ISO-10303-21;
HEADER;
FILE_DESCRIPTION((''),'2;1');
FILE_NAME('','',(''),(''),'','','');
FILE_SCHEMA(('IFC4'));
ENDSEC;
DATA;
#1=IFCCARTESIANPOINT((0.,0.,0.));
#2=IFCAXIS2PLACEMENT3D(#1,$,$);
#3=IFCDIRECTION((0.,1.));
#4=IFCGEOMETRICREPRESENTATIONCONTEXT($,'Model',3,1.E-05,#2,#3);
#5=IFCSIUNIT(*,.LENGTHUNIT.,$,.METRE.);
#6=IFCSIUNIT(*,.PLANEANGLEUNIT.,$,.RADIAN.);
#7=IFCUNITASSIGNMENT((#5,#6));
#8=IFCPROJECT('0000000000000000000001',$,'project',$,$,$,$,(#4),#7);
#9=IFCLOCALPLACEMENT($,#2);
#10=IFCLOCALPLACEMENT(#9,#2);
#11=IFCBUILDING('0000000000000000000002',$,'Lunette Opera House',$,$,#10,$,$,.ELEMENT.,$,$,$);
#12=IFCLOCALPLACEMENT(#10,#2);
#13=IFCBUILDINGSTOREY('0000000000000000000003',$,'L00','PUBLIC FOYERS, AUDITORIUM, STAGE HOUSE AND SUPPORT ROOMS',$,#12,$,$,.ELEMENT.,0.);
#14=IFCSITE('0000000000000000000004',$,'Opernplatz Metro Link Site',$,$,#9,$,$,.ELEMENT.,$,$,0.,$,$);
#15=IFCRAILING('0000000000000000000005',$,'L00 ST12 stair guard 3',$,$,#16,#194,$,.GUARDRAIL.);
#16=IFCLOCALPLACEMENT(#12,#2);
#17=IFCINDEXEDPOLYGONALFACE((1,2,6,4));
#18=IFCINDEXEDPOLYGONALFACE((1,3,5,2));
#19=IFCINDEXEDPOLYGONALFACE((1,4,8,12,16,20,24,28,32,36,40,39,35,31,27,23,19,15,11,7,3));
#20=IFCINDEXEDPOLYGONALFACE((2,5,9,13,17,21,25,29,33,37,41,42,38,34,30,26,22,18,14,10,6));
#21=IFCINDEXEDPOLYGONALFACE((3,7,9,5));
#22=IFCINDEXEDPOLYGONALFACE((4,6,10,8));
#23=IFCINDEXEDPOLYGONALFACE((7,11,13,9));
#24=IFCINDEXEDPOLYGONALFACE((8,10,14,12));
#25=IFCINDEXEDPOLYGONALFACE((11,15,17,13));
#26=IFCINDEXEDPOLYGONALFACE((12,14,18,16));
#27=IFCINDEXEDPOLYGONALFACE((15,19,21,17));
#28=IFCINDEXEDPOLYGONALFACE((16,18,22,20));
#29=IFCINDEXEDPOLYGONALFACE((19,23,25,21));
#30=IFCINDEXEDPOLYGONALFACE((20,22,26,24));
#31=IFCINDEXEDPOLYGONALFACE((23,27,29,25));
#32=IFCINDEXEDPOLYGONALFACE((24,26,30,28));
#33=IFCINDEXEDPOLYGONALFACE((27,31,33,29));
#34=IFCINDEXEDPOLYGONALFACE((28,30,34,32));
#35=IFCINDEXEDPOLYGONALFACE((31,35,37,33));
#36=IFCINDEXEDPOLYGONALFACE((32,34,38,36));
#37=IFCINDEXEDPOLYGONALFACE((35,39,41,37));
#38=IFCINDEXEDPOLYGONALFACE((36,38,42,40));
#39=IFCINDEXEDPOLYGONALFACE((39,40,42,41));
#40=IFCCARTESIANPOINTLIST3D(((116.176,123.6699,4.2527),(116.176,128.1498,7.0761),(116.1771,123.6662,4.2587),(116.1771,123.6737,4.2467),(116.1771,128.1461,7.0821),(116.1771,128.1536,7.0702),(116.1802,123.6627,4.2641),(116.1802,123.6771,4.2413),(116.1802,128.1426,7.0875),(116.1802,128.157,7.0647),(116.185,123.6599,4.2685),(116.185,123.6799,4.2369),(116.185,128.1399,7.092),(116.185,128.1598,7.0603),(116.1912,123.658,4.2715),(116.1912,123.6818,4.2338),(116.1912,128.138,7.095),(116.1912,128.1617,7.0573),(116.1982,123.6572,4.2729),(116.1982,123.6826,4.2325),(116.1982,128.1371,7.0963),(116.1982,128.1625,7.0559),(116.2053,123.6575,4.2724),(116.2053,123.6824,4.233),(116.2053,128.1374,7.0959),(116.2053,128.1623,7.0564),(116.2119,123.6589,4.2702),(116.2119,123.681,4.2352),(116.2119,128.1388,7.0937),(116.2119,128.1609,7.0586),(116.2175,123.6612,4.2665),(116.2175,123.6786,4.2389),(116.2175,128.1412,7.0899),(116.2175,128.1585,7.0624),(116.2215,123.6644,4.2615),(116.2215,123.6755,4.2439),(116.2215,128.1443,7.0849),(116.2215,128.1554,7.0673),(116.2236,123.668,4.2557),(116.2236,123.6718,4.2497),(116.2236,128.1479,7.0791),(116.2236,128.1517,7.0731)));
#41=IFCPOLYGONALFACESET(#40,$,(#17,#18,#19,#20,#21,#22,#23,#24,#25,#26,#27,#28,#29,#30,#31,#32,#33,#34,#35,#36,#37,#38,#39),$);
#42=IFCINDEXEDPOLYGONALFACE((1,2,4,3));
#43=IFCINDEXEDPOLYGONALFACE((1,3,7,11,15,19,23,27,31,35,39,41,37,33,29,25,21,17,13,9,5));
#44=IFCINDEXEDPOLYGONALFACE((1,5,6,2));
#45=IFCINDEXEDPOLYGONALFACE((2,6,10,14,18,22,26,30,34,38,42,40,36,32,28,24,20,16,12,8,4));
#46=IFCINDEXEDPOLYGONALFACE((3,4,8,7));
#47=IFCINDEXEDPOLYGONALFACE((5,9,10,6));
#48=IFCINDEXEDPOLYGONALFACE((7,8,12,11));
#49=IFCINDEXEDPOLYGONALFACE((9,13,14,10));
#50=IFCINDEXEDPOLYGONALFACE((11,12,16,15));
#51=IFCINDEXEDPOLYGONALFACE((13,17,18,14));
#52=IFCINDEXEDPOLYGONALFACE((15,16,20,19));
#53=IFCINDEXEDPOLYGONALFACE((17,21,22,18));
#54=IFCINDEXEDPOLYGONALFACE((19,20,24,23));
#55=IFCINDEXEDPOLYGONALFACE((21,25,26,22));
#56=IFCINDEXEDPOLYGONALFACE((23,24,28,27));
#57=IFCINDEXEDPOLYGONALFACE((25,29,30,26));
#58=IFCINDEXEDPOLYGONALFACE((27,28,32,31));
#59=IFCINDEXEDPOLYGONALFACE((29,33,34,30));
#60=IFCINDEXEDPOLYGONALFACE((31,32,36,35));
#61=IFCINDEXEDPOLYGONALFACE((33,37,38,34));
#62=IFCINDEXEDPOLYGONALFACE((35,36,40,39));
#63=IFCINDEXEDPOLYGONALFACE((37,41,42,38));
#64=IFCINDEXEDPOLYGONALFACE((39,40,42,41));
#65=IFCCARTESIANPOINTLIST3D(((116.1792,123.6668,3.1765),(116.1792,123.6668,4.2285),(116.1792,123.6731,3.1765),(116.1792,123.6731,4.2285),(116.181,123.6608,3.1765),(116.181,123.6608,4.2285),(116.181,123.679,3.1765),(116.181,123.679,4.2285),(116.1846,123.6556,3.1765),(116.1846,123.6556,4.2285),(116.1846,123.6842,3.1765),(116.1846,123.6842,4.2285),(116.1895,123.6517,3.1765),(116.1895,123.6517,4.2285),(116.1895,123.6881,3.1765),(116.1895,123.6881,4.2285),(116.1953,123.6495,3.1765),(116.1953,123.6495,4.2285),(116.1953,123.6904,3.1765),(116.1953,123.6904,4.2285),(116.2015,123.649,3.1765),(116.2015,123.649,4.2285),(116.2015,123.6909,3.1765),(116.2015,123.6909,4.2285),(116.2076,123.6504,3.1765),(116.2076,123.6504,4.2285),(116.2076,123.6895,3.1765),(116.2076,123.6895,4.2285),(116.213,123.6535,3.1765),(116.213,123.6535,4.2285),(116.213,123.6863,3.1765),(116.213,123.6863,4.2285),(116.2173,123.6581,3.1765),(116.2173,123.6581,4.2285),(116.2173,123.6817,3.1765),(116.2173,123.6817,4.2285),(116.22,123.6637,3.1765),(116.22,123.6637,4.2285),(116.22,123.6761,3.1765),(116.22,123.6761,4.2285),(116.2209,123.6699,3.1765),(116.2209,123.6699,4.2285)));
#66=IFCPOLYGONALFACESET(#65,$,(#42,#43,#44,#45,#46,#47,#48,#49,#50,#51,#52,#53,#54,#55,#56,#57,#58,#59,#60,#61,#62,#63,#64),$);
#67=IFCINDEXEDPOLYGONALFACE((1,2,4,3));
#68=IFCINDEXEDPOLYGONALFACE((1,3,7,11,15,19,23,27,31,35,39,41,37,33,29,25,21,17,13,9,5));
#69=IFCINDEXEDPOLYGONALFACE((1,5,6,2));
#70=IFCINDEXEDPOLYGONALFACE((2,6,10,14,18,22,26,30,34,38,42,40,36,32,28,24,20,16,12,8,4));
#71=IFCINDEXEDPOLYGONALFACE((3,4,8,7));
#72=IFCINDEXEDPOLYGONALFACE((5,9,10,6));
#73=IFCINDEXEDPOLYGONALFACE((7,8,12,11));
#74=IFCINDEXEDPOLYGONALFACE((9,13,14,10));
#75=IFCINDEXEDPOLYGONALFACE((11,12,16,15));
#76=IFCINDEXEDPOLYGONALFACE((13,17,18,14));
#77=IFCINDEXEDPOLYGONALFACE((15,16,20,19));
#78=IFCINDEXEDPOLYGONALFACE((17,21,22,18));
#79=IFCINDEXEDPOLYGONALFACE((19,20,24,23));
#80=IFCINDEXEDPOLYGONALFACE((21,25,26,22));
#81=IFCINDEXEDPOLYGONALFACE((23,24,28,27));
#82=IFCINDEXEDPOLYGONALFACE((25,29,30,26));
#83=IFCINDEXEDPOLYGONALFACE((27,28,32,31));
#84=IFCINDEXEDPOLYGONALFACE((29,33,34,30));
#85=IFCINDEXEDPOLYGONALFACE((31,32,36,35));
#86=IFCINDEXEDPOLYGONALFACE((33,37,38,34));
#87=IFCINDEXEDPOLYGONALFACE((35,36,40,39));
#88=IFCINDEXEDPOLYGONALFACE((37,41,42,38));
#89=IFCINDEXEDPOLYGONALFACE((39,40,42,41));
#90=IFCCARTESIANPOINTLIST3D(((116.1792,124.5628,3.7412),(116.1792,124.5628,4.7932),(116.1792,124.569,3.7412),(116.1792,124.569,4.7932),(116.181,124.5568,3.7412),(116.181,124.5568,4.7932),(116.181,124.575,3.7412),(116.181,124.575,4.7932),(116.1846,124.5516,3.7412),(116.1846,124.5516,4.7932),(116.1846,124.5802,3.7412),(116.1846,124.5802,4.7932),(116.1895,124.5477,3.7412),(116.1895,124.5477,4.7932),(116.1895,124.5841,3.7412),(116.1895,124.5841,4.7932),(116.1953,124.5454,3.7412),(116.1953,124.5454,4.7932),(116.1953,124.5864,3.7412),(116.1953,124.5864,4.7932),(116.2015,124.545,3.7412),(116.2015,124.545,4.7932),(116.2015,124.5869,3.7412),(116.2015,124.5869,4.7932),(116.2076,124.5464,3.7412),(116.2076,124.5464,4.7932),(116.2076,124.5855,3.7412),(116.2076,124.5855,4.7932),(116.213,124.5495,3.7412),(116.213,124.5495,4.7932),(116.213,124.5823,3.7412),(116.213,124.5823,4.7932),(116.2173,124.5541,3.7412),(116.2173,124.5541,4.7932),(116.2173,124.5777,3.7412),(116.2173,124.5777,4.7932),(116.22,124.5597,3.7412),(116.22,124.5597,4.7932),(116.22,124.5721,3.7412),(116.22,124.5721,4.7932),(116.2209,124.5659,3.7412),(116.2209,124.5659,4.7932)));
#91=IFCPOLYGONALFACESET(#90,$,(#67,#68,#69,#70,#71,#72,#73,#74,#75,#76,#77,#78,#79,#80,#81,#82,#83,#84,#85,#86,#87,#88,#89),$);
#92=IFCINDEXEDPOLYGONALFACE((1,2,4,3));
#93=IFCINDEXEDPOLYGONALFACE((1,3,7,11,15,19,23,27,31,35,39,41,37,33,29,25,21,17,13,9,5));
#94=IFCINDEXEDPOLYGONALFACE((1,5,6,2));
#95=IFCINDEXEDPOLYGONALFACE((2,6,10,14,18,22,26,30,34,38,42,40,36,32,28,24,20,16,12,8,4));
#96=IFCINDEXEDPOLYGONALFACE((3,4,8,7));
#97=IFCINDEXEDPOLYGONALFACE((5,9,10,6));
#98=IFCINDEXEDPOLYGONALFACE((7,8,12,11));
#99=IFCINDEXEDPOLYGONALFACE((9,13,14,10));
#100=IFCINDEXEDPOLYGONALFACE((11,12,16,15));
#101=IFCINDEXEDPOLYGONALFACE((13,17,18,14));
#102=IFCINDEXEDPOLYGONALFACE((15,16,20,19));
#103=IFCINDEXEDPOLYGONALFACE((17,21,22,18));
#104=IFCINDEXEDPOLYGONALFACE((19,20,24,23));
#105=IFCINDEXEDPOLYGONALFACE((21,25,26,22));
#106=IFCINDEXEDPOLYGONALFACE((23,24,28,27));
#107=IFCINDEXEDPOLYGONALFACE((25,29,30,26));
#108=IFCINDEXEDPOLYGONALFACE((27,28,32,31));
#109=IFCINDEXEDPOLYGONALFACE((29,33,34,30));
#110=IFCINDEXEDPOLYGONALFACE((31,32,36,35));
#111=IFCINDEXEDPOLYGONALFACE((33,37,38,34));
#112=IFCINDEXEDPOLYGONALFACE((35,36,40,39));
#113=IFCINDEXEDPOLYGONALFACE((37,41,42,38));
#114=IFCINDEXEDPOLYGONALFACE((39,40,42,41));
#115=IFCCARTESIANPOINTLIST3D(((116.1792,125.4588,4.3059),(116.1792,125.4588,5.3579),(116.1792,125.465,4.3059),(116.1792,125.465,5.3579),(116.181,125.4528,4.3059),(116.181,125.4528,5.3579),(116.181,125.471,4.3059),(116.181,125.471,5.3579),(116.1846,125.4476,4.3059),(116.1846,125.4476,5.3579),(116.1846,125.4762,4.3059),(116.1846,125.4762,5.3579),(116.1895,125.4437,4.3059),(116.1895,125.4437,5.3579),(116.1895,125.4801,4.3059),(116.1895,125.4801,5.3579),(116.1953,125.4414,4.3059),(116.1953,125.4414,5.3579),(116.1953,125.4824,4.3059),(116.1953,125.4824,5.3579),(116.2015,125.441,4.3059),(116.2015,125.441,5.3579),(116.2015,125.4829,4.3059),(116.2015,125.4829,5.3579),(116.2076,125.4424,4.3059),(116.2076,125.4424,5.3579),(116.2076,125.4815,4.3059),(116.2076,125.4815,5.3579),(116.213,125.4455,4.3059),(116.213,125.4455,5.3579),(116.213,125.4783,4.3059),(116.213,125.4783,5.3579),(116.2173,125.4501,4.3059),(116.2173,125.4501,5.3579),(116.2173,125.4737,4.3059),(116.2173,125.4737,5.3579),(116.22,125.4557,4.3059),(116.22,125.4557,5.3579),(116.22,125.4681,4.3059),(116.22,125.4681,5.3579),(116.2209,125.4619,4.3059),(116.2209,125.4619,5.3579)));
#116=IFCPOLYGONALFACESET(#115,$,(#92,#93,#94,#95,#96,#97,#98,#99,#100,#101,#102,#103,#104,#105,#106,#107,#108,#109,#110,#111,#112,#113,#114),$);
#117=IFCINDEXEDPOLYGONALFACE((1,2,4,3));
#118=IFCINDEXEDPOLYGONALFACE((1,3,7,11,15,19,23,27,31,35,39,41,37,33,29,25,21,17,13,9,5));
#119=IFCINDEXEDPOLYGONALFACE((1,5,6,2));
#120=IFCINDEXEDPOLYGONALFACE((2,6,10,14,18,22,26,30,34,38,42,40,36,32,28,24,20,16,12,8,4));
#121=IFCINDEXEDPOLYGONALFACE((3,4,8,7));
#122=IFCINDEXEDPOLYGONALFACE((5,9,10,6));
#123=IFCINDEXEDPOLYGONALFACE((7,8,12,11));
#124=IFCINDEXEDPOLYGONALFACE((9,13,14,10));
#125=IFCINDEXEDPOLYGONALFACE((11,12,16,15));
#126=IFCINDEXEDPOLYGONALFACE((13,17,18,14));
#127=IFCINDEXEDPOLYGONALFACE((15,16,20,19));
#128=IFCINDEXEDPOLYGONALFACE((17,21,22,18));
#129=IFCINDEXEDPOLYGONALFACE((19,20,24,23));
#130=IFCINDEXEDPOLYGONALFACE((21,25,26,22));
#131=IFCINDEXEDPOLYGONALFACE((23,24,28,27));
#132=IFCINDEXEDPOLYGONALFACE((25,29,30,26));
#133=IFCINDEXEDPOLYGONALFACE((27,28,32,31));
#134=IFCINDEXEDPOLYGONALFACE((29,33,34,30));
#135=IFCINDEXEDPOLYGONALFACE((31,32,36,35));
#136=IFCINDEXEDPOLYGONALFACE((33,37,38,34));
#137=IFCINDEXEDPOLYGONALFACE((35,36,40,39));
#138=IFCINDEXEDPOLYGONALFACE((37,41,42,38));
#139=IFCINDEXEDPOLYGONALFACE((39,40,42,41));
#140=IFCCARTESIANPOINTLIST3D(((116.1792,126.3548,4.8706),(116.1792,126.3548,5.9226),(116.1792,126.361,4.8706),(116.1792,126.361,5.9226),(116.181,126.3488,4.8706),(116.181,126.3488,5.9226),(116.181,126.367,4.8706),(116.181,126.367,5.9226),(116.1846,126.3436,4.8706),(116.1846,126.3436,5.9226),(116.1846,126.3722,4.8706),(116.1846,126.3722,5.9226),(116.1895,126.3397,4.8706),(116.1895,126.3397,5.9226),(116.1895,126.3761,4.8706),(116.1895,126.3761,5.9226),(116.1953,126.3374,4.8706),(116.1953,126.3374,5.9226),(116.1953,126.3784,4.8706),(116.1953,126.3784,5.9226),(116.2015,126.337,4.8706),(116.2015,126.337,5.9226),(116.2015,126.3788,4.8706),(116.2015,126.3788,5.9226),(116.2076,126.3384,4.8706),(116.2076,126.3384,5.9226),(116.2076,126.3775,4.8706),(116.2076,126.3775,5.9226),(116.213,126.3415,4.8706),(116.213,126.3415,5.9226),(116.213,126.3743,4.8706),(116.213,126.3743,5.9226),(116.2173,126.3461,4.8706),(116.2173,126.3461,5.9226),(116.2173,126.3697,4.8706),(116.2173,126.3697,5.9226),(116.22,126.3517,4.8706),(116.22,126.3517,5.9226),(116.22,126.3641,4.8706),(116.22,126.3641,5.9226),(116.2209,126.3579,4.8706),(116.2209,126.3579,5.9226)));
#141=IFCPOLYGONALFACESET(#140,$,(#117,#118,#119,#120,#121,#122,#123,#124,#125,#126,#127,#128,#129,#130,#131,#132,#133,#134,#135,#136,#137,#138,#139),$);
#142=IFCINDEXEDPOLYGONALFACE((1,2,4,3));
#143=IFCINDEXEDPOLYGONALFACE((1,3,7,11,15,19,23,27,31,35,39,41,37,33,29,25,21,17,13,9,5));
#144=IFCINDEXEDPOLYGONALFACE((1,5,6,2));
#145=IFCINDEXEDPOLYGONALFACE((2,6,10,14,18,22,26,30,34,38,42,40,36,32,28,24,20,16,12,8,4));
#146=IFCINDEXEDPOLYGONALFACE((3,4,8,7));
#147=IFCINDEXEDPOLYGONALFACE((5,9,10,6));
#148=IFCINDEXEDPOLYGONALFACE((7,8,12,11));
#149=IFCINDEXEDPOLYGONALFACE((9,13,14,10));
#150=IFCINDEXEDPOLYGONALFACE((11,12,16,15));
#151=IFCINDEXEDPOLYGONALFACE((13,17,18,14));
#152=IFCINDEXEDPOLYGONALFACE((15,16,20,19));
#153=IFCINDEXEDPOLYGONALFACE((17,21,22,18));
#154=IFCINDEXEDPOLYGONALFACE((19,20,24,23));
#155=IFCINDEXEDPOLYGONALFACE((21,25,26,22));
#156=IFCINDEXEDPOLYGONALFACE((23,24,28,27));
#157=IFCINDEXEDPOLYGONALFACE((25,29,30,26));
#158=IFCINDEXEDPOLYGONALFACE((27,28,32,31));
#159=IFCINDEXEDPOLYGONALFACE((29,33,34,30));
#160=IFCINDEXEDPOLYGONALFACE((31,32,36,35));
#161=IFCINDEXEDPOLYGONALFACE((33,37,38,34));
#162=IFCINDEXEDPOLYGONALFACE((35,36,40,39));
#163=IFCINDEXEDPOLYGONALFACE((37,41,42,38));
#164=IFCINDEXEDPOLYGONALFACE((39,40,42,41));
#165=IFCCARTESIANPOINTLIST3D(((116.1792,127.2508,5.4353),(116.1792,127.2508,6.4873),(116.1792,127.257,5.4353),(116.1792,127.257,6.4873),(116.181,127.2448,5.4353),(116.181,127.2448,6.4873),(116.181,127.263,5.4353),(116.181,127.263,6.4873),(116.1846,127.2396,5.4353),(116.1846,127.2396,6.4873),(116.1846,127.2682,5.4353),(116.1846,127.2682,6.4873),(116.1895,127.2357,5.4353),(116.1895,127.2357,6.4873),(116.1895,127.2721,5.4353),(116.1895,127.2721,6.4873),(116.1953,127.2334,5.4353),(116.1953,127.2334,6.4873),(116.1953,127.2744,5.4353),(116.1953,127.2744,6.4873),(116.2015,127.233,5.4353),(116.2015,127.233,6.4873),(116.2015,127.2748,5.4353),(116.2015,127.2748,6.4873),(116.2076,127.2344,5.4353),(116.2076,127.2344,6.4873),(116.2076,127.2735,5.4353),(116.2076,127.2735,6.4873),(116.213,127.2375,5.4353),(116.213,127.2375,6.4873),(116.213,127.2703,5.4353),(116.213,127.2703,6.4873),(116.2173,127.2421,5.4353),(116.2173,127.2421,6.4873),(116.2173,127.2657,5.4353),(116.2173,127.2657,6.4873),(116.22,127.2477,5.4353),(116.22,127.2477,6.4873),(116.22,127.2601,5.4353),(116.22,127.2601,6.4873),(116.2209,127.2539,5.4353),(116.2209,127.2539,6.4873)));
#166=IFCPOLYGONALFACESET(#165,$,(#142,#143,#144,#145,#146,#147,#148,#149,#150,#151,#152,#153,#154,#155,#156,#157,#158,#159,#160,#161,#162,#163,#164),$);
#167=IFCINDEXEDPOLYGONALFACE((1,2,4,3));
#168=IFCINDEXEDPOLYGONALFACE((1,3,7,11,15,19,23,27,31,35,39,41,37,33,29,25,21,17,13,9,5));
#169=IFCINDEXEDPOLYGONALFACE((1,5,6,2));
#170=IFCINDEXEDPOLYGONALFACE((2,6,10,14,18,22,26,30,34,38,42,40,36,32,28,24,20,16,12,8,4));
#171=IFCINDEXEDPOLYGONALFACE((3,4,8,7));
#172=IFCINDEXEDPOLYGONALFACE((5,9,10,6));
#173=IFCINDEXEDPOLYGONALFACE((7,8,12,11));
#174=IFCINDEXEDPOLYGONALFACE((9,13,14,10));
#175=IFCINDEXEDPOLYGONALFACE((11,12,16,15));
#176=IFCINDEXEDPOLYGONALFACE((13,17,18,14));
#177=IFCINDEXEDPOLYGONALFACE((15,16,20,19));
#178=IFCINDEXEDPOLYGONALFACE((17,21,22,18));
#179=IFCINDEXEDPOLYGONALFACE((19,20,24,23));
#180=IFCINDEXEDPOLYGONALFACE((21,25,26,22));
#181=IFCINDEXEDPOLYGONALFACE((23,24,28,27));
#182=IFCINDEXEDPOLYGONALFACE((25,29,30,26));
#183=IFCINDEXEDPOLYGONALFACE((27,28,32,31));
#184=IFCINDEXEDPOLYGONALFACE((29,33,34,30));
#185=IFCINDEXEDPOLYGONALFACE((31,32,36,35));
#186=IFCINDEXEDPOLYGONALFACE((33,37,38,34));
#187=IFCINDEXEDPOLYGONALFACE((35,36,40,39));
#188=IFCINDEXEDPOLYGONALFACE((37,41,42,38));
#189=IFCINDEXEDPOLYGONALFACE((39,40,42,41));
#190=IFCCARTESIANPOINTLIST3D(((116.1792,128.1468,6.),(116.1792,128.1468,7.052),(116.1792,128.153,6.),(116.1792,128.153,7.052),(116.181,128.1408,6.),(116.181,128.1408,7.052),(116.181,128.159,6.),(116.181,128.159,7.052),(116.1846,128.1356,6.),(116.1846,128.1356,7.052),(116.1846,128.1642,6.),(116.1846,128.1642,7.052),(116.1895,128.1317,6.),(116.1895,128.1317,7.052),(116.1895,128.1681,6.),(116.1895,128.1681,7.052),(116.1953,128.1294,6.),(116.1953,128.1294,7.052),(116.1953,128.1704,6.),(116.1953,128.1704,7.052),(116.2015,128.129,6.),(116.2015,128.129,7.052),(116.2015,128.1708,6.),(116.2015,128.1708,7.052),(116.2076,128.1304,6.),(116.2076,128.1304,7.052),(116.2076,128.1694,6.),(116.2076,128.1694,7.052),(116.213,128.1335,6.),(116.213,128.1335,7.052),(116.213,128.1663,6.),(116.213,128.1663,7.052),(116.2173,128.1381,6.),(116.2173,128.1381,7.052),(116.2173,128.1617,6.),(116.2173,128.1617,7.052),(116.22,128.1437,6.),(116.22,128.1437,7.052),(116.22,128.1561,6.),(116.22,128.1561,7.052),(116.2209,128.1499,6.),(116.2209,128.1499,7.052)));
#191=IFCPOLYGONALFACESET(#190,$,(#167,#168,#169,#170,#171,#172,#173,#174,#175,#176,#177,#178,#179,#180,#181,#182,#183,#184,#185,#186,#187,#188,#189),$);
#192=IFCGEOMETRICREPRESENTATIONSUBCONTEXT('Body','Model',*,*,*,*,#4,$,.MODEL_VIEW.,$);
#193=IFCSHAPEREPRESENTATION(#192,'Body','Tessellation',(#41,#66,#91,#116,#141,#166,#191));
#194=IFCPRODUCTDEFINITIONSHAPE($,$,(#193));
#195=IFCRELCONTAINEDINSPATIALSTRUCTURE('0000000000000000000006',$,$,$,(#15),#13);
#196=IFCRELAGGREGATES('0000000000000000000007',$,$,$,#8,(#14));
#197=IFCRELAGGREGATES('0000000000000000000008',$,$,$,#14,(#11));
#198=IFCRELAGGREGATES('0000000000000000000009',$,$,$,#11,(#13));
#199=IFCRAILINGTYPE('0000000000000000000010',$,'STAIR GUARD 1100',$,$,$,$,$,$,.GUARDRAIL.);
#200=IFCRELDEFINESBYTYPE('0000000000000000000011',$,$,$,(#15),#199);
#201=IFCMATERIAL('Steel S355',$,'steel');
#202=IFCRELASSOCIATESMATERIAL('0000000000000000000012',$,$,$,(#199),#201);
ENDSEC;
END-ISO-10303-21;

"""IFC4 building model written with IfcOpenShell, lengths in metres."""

from ifc_helpers import new_model, si_unit, direction, frame, origin, origin_2d, place, context, subcontext, project, spatial, circle, extrude, material, type_object, element, save


model = new_model("IFC4")

# Units and contexts
model_context = context("Model", 3, precision=1e-05, world=origin(), true_north=direction((0.0, 1.0)))
body_context = subcontext(model_context, "Body", "Model", "MODEL_VIEW")
ifc_project = project(units=[si_unit("LENGTHUNIT", "METRE"), si_unit("PLANEANGLEUNIT", "RADIAN")], contexts=[model_context])

# Site, building, storey
site_placement = place(None, origin())
site = spatial("IfcSite", under=ifc_project, at=site_placement, Name="Opernplatz Metro Link Site", CompositionType="ELEMENT", RefElevation=0.0)
building_placement = place(site_placement, origin())
building = spatial("IfcBuilding", under=site, at=building_placement, Name="Lunette Opera House", CompositionType="ELEMENT")
storey_placement = place(building_placement, origin())
storey = spatial("IfcBuildingStorey", under=building, at=storey_placement, Name="L00", Description="PUBLIC FOYERS, AUDITORIUM, STAGE HOUSE AND SUPPORT ROOMS", CompositionType="ELEMENT", Elevation=0.0)

# Railing
ifc_material_1 = material(Name="Steel S355", Category="steel")
railing_type_1 = type_object("IfcRailingType", Name="STAIR GUARD 1100", PredefinedType="GUARDRAIL", material=ifc_material_1)
railing_1_placement = place(storey_placement, frame((116.2, 123.6699, 3.1765)))
element("IfcRailing", 1, at=railing_1_placement, inside=storey, type_object=railing_type_1, Name="L00 ST12 stair guard 3", PredefinedType="GUARDRAIL", context=body_context, shape_type="SweptSolid", body=[
    extrude(circle(Radius=0.0239, at=origin_2d()), frame((0.0, 0.0, 1.0762), z_axis=(0.0, 0.845998, 0.533186), x_axis=(-1.0, 0.0, 0.0)), (0.0, 0.0, 1.0), 5.2954),
    extrude(circle(Radius=0.021, at=origin_2d()), origin(), (0.0, 0.0, 1.0), 1.052),
    extrude(circle(Radius=0.021, at=origin_2d()), frame((0.0, 0.896, 0.5647)), (0.0, 0.0, 1.0), 1.052),
    extrude(circle(Radius=0.021, at=origin_2d()), frame((0.0, 1.792, 1.1294)), (0.0, 0.0, 1.0), 1.052),
    extrude(circle(Radius=0.021, at=origin_2d()), frame((0.0, 2.688, 1.6941)), (0.0, 0.0, 1.0), 1.052),
    extrude(circle(Radius=0.021, at=origin_2d()), frame((0.0, 3.584, 2.2588)), (0.0, 0.0, 1.0), 1.052),
    extrude(circle(Radius=0.021, at=origin_2d()), frame((0.0, 4.48, 2.8235)), (0.0, 0.0, 1.0), 1.052),
])

save(model, "model.ifc")
